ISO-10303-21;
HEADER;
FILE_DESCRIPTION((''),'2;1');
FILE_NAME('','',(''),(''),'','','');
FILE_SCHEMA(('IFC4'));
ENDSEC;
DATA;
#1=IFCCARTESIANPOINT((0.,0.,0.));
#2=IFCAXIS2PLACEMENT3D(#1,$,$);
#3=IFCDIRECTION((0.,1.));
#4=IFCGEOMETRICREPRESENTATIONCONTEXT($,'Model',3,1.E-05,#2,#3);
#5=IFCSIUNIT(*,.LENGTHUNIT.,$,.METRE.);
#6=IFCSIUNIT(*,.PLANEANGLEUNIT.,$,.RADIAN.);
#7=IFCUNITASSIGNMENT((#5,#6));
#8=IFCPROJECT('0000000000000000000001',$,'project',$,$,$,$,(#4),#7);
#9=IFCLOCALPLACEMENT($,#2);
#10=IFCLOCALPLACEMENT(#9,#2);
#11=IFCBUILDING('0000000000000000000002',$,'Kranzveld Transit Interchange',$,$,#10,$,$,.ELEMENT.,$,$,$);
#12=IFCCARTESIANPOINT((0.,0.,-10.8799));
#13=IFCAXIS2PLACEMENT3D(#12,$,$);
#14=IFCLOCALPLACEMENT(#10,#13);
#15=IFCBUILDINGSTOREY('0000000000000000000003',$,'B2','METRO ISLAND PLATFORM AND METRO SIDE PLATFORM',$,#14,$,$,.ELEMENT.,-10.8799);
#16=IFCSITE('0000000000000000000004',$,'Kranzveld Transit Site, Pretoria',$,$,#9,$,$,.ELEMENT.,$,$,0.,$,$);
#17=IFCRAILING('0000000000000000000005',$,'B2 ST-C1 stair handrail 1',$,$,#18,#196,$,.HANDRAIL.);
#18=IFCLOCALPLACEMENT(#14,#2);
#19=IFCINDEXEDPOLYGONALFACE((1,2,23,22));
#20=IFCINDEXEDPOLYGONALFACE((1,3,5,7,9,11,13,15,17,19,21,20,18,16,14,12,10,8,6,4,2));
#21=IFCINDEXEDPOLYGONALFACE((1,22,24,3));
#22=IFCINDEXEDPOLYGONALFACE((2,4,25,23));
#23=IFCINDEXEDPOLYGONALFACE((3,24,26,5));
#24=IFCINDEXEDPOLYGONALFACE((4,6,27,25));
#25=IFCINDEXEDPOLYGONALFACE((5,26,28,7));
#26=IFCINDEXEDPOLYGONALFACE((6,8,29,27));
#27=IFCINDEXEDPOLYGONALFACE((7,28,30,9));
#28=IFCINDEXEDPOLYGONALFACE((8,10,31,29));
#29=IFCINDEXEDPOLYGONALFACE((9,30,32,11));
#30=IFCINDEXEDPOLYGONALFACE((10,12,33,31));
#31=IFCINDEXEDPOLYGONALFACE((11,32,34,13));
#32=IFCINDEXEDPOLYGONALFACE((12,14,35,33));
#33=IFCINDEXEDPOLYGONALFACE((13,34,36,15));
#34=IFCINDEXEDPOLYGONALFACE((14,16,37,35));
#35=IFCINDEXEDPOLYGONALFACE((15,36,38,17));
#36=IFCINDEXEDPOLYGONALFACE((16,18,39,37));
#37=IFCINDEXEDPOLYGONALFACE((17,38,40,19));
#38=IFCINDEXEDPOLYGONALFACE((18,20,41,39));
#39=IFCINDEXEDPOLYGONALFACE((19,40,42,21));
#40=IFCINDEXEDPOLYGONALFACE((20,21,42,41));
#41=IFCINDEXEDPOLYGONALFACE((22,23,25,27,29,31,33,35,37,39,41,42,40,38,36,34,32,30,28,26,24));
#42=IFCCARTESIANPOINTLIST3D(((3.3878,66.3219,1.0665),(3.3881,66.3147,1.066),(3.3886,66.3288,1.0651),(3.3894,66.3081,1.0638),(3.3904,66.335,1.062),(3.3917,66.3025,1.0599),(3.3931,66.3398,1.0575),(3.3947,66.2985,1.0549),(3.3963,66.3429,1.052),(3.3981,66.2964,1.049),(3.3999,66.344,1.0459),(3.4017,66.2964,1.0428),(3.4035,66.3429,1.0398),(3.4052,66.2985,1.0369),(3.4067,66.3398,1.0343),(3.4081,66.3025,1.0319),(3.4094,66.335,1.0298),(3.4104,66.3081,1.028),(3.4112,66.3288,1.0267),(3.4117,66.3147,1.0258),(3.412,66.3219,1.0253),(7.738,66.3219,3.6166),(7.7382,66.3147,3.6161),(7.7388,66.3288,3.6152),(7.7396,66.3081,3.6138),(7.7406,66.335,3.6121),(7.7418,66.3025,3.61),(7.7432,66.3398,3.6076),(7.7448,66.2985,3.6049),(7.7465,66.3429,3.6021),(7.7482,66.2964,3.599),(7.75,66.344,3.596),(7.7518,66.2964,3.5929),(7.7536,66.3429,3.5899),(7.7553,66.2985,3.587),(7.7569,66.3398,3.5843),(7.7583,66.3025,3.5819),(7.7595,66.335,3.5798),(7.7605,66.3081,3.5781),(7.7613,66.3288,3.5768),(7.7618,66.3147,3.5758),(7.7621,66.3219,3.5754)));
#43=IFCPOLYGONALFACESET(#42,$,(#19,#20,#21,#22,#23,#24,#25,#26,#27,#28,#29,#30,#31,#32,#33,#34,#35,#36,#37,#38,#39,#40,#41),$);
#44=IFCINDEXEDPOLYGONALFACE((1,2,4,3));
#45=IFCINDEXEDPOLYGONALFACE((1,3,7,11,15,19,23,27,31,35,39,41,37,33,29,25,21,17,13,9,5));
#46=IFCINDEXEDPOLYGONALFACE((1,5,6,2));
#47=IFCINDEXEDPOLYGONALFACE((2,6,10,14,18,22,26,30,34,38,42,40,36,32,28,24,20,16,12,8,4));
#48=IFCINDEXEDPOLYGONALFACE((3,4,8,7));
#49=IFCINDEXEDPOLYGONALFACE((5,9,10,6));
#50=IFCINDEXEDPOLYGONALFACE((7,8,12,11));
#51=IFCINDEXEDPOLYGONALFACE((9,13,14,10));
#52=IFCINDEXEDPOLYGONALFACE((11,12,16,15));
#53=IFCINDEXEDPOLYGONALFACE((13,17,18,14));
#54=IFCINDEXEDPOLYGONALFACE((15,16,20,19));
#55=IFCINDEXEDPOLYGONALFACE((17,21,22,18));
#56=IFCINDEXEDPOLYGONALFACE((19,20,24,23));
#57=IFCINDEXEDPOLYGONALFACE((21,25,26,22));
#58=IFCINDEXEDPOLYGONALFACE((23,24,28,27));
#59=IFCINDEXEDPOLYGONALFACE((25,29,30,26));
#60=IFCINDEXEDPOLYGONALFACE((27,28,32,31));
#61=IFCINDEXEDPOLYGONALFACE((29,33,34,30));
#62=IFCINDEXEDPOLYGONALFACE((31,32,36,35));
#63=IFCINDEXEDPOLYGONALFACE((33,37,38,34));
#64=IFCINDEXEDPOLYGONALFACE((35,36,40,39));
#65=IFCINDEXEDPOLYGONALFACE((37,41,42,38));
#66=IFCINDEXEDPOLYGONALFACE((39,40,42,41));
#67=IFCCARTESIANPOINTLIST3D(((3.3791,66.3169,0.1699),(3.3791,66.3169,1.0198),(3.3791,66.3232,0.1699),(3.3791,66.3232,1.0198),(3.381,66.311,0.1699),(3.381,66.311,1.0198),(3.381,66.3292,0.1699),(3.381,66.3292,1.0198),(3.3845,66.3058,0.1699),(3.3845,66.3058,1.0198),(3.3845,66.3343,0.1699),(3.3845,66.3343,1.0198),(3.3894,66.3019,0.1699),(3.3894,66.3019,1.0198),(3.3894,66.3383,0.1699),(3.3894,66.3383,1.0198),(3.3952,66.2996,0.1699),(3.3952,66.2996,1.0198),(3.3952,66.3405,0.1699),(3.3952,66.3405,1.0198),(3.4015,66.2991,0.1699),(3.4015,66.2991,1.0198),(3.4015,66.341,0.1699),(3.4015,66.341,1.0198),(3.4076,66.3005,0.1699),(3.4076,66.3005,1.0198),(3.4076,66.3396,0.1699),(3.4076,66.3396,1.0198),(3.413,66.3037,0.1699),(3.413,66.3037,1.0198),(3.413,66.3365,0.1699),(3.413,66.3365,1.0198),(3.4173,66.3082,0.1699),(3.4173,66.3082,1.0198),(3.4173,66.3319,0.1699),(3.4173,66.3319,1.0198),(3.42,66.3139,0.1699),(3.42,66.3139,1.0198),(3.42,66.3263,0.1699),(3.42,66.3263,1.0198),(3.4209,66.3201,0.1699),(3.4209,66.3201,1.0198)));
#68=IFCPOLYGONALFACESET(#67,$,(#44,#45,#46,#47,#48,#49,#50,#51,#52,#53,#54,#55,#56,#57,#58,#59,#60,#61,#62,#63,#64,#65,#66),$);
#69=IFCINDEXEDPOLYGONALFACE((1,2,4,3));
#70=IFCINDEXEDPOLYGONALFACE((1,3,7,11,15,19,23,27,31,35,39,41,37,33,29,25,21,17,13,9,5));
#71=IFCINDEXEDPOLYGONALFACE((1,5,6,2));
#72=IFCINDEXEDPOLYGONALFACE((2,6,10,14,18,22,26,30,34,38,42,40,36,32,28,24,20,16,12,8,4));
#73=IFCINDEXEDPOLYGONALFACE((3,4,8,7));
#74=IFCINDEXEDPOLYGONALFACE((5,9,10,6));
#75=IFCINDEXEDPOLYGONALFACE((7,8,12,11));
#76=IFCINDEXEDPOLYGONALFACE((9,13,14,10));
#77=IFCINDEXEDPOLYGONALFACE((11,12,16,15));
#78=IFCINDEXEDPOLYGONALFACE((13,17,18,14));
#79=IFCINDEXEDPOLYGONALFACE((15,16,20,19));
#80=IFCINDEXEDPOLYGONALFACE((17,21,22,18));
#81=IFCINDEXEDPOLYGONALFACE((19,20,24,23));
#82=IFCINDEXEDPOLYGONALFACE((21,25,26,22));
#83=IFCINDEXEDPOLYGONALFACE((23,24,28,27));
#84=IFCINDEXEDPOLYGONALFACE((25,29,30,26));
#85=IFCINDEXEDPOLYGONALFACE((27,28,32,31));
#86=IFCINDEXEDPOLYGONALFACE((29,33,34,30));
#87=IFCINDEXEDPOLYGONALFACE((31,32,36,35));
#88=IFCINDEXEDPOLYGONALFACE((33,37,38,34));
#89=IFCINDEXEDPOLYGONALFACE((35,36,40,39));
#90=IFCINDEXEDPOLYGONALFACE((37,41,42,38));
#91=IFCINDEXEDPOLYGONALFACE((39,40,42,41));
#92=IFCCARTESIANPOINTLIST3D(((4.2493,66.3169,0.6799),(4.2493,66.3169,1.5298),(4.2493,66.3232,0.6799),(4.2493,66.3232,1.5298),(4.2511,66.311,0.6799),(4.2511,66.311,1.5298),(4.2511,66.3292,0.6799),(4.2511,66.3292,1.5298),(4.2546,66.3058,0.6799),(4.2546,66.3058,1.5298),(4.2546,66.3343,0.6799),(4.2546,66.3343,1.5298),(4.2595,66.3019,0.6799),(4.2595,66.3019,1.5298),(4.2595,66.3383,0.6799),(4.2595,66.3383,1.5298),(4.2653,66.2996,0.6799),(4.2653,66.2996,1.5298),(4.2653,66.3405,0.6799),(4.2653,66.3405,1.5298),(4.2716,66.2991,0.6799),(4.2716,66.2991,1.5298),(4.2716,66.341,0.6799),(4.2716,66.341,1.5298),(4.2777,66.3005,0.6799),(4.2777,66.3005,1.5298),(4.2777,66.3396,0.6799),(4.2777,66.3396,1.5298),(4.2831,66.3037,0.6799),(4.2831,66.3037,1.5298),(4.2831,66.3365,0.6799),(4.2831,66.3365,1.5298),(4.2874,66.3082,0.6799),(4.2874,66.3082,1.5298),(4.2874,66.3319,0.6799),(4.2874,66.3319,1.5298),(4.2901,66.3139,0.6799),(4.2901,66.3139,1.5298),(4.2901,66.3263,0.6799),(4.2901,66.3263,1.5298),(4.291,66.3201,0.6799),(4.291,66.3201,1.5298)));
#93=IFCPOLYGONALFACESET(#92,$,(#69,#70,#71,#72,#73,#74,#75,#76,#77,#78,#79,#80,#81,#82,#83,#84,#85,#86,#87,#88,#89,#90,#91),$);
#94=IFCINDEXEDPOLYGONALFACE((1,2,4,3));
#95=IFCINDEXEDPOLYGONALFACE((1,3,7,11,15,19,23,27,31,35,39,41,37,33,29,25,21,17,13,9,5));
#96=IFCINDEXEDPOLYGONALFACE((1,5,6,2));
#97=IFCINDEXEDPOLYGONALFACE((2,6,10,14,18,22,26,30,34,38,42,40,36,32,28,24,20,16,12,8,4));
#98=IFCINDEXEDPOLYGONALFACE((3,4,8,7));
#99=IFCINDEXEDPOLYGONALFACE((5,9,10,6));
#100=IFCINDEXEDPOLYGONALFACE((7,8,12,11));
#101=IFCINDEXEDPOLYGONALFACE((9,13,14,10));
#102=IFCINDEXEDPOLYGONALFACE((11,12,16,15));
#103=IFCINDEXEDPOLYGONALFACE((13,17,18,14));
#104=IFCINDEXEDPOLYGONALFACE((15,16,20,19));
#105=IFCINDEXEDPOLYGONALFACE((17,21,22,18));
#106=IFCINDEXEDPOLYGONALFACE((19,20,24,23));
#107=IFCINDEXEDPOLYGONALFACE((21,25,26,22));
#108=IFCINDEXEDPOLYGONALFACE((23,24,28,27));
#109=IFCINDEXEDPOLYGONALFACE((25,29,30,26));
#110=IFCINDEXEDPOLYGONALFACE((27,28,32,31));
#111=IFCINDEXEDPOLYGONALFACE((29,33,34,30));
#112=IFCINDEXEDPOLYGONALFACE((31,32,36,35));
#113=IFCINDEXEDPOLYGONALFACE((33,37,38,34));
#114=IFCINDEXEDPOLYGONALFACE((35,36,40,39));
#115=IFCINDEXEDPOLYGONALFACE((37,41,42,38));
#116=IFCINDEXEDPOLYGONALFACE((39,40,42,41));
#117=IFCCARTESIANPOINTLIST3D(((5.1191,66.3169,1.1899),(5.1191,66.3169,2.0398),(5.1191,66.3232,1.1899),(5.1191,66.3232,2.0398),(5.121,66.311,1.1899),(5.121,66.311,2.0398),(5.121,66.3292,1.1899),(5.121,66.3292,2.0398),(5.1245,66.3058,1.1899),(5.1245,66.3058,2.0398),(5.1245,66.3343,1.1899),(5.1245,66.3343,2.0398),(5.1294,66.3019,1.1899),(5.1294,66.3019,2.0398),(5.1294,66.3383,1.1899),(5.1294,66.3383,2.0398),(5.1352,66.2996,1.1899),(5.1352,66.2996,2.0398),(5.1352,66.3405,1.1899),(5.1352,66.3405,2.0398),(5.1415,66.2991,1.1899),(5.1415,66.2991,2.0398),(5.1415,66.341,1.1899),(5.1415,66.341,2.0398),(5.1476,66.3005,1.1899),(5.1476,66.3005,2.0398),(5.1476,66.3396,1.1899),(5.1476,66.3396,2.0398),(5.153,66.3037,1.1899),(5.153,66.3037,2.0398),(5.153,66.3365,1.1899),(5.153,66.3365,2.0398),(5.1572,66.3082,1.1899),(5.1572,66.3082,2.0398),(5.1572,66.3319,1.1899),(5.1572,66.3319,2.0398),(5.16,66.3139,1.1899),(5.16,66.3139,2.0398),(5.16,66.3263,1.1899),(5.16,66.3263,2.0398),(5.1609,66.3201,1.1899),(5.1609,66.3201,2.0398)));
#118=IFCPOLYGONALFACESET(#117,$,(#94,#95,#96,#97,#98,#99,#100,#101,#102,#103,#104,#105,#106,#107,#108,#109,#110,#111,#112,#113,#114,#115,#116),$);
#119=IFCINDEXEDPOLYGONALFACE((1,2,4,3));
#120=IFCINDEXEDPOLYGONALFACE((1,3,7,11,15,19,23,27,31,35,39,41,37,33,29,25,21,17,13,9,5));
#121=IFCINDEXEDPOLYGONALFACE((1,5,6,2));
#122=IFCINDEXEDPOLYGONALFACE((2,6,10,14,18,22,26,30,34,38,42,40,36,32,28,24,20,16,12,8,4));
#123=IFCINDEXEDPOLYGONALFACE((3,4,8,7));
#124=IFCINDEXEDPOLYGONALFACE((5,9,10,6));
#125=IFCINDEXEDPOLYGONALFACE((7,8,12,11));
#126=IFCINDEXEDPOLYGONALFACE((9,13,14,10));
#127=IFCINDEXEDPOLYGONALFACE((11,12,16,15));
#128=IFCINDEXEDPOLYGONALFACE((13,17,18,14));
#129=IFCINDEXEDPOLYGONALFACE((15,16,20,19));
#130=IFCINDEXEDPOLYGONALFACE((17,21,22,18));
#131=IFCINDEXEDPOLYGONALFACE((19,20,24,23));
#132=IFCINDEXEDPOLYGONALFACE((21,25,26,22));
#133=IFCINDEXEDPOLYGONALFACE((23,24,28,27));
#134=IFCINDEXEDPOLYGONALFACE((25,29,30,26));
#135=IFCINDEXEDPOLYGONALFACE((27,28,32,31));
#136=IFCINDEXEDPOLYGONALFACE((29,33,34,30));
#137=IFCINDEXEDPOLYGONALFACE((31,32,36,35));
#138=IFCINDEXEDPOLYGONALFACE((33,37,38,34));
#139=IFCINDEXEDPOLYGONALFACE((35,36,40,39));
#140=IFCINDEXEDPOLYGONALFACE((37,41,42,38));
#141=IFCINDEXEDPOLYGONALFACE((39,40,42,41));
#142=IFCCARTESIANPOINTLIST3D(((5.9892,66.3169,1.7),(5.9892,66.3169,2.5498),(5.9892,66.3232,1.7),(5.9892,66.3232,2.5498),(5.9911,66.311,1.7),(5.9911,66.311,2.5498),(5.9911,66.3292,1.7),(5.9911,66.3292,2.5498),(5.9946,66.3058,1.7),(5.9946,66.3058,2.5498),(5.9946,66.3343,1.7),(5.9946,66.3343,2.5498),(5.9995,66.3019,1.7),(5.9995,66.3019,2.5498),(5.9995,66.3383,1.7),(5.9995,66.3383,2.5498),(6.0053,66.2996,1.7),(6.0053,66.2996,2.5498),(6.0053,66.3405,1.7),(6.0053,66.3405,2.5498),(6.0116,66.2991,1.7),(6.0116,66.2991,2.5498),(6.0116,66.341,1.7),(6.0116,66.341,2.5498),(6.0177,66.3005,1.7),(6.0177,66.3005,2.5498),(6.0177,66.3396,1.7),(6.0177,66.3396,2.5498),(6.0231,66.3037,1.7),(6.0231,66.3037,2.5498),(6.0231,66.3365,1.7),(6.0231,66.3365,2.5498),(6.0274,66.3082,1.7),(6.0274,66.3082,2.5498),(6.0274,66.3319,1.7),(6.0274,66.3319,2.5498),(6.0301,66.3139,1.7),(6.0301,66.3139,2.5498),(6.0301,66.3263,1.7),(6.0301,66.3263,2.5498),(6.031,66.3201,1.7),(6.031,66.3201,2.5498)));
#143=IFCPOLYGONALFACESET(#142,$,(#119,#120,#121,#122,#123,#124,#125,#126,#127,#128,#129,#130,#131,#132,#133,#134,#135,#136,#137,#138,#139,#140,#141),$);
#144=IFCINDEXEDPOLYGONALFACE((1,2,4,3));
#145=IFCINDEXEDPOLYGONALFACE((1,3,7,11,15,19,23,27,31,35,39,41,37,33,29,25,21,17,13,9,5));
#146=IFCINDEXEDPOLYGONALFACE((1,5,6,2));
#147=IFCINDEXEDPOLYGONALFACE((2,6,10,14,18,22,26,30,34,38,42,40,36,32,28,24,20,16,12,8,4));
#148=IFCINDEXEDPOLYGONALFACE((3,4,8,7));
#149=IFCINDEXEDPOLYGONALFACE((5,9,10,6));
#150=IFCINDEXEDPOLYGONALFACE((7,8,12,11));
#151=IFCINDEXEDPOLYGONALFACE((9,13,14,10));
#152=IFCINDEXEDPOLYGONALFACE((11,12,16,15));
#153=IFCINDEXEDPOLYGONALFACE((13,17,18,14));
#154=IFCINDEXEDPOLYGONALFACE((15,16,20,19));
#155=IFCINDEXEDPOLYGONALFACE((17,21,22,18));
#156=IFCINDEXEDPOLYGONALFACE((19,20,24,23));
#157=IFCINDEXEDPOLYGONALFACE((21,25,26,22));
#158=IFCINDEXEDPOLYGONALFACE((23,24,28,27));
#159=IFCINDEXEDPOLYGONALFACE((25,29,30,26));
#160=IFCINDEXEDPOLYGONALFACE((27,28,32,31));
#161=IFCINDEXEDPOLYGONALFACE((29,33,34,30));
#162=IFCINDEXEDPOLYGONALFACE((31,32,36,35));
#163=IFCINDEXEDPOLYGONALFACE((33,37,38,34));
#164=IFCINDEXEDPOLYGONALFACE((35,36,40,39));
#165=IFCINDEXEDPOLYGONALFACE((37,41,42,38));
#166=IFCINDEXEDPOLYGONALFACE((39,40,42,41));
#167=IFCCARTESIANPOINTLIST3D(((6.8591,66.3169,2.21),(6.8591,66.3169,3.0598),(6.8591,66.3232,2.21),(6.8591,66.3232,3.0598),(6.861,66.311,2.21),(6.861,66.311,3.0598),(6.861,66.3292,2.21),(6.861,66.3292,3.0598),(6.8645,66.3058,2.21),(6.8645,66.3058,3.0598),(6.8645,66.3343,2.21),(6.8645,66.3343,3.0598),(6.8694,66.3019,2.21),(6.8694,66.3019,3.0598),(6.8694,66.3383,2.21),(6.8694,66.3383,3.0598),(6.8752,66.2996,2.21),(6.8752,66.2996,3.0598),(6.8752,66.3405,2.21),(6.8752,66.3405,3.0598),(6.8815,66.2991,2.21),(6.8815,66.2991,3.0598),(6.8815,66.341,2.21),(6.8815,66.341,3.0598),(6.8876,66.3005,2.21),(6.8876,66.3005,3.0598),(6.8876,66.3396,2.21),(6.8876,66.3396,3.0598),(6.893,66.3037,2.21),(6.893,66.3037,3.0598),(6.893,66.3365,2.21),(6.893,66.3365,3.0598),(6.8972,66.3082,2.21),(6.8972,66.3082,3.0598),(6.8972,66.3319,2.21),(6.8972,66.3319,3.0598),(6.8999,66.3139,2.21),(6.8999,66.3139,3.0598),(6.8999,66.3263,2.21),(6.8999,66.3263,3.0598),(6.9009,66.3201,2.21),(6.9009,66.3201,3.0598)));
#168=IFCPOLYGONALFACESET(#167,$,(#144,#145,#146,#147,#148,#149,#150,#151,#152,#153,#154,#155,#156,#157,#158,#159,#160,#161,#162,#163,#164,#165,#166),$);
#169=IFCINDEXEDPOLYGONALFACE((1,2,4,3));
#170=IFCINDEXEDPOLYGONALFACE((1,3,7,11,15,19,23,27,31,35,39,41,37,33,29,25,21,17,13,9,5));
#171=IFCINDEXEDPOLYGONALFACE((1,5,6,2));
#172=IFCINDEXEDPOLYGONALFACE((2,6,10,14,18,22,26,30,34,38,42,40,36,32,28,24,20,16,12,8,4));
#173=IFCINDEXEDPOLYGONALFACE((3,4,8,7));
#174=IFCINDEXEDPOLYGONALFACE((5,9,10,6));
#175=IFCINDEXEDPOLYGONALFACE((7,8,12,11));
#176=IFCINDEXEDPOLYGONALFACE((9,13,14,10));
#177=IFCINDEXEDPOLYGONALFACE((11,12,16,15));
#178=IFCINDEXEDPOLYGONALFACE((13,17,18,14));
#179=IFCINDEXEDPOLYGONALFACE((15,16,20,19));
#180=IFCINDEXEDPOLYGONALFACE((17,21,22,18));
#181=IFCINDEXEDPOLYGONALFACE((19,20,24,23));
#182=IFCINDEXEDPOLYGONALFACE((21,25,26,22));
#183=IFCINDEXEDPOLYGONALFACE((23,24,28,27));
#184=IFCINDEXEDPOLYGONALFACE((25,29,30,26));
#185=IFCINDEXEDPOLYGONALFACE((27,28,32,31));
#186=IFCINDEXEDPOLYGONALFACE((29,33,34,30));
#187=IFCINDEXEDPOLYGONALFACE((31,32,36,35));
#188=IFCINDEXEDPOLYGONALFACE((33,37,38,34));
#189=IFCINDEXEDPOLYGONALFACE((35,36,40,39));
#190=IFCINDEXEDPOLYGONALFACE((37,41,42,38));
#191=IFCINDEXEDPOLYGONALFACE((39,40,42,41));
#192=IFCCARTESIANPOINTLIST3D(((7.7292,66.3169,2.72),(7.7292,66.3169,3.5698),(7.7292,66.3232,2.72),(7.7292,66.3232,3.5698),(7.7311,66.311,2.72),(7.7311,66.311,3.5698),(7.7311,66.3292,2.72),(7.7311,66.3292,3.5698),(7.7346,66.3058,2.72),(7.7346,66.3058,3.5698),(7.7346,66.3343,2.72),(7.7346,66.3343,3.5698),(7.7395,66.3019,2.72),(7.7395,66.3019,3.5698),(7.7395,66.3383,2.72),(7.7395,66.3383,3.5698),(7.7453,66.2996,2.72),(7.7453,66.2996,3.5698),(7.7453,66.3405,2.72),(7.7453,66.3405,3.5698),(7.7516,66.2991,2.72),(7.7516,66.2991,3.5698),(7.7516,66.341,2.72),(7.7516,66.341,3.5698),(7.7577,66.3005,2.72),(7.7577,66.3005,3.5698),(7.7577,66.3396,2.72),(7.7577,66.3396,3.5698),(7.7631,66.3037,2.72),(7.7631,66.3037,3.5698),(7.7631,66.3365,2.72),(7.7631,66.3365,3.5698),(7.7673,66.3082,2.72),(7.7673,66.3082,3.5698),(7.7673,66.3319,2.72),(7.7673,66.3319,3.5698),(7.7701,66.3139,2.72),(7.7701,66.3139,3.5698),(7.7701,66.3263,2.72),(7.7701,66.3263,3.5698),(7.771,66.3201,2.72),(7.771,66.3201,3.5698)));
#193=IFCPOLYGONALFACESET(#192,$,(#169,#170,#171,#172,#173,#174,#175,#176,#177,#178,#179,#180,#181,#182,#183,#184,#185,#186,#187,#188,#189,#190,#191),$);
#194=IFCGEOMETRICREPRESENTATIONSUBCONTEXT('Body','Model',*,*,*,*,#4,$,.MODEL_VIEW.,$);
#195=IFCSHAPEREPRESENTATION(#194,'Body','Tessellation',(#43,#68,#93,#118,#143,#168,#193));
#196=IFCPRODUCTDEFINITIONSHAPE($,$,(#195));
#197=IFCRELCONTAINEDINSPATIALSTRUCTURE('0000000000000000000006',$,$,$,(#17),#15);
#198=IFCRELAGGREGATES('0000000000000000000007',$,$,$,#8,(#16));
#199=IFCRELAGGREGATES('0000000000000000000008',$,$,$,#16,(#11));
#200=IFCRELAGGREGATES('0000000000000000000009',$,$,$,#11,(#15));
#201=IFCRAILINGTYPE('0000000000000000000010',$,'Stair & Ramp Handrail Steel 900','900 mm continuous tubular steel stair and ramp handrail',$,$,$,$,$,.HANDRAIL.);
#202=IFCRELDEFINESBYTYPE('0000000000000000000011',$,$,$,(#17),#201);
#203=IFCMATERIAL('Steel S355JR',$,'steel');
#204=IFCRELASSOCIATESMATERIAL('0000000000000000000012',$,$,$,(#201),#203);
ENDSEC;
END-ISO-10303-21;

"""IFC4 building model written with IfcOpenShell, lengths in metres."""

from ifc_helpers import new_model, si_unit, direction, frame, origin, origin_2d, place, context, subcontext, project, spatial, circle, extrude, material, type_object, element, save


model = new_model("IFC4")

# Units and contexts
model_context = context("Model", 3, precision=1e-05, world=origin(), true_north=direction((0.0, 1.0)))
body_context = subcontext(model_context, "Body", "Model", "MODEL_VIEW")
ifc_project = project(units=[si_unit("LENGTHUNIT", "METRE"), si_unit("PLANEANGLEUNIT", "RADIAN")], contexts=[model_context])

# Site, building, storey
site_placement = place(None, origin())
site = spatial("IfcSite", under=ifc_project, at=site_placement, Name="Kranzveld Transit Site, Pretoria", CompositionType="ELEMENT", RefElevation=0.0)
building_placement = place(site_placement, origin())
building = spatial("IfcBuilding", under=site, at=building_placement, Name="Kranzveld Transit Interchange", CompositionType="ELEMENT")
storey_placement = place(building_placement, frame((0.0, 0.0, -10.8799)))
storey = spatial("IfcBuildingStorey", under=building, at=storey_placement, Name="B2", Description="METRO ISLAND PLATFORM AND METRO SIDE PLATFORM", CompositionType="ELEMENT", Elevation=-10.8799)

# Railing
ifc_material_1 = material(Name="Steel S355JR", Category="steel")
railing_type_1 = type_object("IfcRailingType", Name="Stair & Ramp Handrail Steel 900", Description="900 mm continuous tubular steel stair and ramp handrail", PredefinedType="HANDRAIL", material=ifc_material_1)
railing_1_placement = place(storey_placement, frame((3.3999, 66.3201, 0.1699)))
element("IfcRailing", 1, at=railing_1_placement, inside=storey, type_object=railing_type_1, Name="B2 ST-C1 stair handrail 1", PredefinedType="HANDRAIL", context=body_context, shape_type="SweptSolid", body=[
    extrude(circle(Radius=0.0239, at=origin_2d()), frame((0.0, 0.0, 0.876), z_axis=(0.862699, 0.0, 0.505718), x_axis=(0.0, 1.0, 0.0)), (0.0, 0.0, 1.0), 5.0425),
    extrude(circle(Radius=0.021, at=origin_2d()), origin(), (0.0, 0.0, 1.0), 0.8499),
    extrude(circle(Radius=0.021, at=origin_2d()), frame((0.8701, 0.0, 0.51)), (0.0, 0.0, 1.0), 0.8499),
    extrude(circle(Radius=0.021, at=origin_2d()), frame((1.74, 0.0, 1.02)), (0.0, 0.0, 1.0), 0.8499),
    extrude(circle(Radius=0.021, at=origin_2d()), frame((2.6101, 0.0, 1.53)), (0.0, 0.0, 1.0), 0.8499),
    extrude(circle(Radius=0.021, at=origin_2d()), frame((3.48, 0.0, 2.04)), (0.0, 0.0, 1.0), 0.8499),
    extrude(circle(Radius=0.021, at=origin_2d()), frame((4.3501, 0.0, 2.55)), (0.0, 0.0, 1.0), 0.8499),
])

save(model, "model.ifc")
